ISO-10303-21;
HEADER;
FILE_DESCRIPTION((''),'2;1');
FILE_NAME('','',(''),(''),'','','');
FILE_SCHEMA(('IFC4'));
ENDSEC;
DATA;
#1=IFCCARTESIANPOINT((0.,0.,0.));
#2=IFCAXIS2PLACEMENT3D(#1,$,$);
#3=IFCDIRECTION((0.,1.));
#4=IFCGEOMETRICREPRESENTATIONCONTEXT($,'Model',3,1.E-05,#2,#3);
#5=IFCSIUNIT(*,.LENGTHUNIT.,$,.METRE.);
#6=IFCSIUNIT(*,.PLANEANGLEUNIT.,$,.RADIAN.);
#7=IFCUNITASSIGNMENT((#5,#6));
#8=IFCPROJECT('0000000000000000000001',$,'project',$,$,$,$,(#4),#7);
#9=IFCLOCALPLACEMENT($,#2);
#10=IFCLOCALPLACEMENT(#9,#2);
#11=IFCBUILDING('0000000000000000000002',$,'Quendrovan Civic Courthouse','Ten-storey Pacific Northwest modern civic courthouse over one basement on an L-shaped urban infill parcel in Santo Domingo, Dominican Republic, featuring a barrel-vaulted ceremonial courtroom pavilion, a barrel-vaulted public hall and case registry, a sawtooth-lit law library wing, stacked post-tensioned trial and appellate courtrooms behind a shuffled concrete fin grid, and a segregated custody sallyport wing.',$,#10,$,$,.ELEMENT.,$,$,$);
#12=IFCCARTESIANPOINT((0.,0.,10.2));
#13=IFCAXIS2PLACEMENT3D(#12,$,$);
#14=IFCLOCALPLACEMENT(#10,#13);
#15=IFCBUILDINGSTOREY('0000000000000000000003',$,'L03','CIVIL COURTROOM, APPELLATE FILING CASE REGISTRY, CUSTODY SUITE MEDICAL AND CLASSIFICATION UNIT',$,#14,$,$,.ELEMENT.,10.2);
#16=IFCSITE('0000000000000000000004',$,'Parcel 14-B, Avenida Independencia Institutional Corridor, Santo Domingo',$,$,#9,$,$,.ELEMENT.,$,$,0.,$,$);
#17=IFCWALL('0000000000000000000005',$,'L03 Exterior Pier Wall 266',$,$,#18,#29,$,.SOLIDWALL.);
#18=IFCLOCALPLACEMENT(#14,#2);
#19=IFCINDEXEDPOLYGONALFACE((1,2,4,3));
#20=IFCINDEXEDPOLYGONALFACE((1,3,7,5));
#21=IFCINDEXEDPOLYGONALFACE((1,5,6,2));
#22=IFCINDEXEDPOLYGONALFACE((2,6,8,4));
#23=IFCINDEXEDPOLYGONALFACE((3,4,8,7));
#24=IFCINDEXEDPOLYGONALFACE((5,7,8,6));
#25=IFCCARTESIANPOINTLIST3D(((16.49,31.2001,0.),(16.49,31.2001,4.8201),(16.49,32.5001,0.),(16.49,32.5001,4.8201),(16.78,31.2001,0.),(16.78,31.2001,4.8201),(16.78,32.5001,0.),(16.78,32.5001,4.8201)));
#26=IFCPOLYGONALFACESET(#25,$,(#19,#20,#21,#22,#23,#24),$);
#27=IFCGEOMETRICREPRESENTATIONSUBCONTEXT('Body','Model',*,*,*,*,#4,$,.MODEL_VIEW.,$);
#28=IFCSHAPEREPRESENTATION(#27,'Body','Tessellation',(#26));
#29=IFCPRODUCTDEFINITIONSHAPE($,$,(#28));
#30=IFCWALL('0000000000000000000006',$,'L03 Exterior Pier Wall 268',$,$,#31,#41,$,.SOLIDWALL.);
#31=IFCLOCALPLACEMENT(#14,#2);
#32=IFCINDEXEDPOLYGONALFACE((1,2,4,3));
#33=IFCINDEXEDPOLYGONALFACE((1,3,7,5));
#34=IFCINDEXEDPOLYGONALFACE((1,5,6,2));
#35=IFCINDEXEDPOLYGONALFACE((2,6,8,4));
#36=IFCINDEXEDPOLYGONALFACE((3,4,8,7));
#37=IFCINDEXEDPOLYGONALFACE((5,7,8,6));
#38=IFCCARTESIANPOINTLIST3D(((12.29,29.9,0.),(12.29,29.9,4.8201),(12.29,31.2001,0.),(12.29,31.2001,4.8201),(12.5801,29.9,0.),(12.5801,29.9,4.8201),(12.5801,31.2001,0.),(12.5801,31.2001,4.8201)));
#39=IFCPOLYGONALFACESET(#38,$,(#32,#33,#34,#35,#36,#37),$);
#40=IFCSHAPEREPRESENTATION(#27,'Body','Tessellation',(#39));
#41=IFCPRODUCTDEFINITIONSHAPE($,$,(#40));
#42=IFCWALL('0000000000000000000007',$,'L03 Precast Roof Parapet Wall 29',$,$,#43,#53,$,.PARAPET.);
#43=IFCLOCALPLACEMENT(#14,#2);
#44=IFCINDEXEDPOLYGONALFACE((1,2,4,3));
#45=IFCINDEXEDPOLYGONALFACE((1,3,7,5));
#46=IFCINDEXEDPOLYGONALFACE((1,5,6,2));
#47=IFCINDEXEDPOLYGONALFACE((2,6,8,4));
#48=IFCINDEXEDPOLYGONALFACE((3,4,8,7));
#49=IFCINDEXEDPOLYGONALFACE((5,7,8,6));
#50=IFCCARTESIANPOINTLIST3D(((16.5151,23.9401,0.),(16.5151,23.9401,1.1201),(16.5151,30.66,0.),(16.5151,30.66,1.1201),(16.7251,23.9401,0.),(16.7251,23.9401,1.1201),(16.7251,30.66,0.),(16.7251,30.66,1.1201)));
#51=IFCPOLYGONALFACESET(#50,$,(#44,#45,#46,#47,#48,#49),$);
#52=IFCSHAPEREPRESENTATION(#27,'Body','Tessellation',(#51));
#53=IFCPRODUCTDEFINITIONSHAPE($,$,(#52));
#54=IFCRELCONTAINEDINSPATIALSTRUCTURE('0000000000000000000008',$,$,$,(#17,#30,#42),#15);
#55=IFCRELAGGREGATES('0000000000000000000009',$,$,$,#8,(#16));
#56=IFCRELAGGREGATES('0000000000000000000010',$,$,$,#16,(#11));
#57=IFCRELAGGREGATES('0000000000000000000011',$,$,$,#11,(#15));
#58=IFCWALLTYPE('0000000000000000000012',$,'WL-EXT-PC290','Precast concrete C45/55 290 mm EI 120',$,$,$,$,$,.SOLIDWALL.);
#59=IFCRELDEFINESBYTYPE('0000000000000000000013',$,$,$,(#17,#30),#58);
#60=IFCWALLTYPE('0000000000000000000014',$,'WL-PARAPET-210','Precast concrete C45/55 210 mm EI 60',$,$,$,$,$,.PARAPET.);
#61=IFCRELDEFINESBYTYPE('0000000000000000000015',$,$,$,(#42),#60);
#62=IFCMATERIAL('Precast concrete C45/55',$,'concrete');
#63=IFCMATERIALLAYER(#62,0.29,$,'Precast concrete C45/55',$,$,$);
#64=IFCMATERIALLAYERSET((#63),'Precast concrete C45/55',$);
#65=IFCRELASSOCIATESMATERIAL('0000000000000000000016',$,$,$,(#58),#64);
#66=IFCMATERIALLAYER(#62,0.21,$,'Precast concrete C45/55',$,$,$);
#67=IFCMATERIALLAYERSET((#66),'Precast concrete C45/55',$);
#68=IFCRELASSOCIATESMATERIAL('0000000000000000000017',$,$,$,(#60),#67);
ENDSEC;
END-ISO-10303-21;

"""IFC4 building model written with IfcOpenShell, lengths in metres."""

from ifc_helpers import new_model, si_unit, direction, frame, frame_2d, origin, place, context, subcontext, project, spatial, rectangle, extrude, material, layer, layer_set, type_object, element, save


model = new_model("IFC4")

# Units and contexts
model_context = context("Model", 3, precision=1e-05, world=origin(), true_north=direction((0.0, 1.0)))
body_context = subcontext(model_context, "Body", "Model", "MODEL_VIEW")
ifc_project = project(units=[si_unit("LENGTHUNIT", "METRE"), si_unit("PLANEANGLEUNIT", "RADIAN")], contexts=[model_context])

# Site, building, storey
site_placement = place(None, origin())
site = spatial("IfcSite", under=ifc_project, at=site_placement, Name="Parcel 14-B, Avenida Independencia Institutional Corridor, Santo Domingo", CompositionType="ELEMENT", RefElevation=0.0)
building_placement = place(site_placement, origin())
building = spatial("IfcBuilding", under=site, at=building_placement, Name="Quendrovan Civic Courthouse", Description="Ten-storey Pacific Northwest modern civic courthouse over one basement on an L-shaped urban infill parcel in Santo Domingo, Dominican Republic, featuring a barrel-vaulted ceremonial courtroom pavilion, a barrel-vaulted public hall and case registry, a sawtooth-lit law library wing, stacked post-tensioned trial and appellate courtrooms behind a shuffled concrete fin grid, and a segregated custody sallyport wing.", CompositionType="ELEMENT")
storey_placement = place(building_placement, frame((0.0, 0.0, 10.2)))
storey = spatial("IfcBuildingStorey", under=building, at=storey_placement, Name="L03", Description="CIVIL COURTROOM, APPELLATE FILING CASE REGISTRY, CUSTODY SUITE MEDICAL AND CLASSIFICATION UNIT", CompositionType="ELEMENT", Elevation=10.2)

# Walls
ifc_material_1 = material(Name="Precast concrete C45/55", Category="concrete")
ifc_layer_1 = layer(ifc_material_1, 0.29, Name="Precast concrete C45/55")
ifc_layer_set_1 = layer_set([ifc_layer_1], Name="Precast concrete C45/55")
wall_type_1 = type_object("IfcWallType", Name="WL-EXT-PC290", Description="Precast concrete C45/55 290 mm EI 120", PredefinedType="SOLIDWALL", material=ifc_layer_set_1)
for number, where, z_axis, x_axis, name in (
    (1, (16.635, 32.5, 0.0), (0.0, 0.0, 1.0), (0.0, -1.0, 0.0), "L03 Exterior Pier Wall 266"),
    (2, (12.4351, 31.2, 0.0), (0.0, 0.0, 1.0), (0.0, -1.0, 0.0), "L03 Exterior Pier Wall 268"),
):
    element("IfcWall", number, at=place(storey_placement, frame(where, z_axis=z_axis, x_axis=x_axis)), inside=storey, type_object=wall_type_1, Name=name, PredefinedType="SOLIDWALL", context=body_context, shape_type="SweptSolid", body=[
        extrude(rectangle(XDim=1.3, YDim=0.29, at=frame_2d((0.6499, 0.0))), origin(), (0.0, 0.0, 1.0), 4.8201),
    ])
ifc_layer_2 = layer(ifc_material_1, 0.21, Name="Precast concrete C45/55")
ifc_layer_set_2 = layer_set([ifc_layer_2], Name="Precast concrete C45/55")
wall_type_2 = type_object("IfcWallType", Name="WL-PARAPET-210", Description="Precast concrete C45/55 210 mm EI 60", PredefinedType="PARAPET", material=ifc_layer_set_2)
wall_1_placement = place(storey_placement, frame((16.6201, 30.6599, 0.0), z_axis=(0.0, 0.0, 1.0), x_axis=(0.0, -1.0, 0.0)))
element("IfcWall", 3, at=wall_1_placement, inside=storey, type_object=wall_type_2, Name="L03 Precast Roof Parapet Wall 29", PredefinedType="PARAPET", context=body_context, shape_type="SweptSolid", body=[
    extrude(rectangle(XDim=6.72, YDim=0.21, at=frame_2d((3.3599, 0.0))), origin(), (0.0, 0.0, 1.0), 1.1201),
])

save(model, "model.ifc")
